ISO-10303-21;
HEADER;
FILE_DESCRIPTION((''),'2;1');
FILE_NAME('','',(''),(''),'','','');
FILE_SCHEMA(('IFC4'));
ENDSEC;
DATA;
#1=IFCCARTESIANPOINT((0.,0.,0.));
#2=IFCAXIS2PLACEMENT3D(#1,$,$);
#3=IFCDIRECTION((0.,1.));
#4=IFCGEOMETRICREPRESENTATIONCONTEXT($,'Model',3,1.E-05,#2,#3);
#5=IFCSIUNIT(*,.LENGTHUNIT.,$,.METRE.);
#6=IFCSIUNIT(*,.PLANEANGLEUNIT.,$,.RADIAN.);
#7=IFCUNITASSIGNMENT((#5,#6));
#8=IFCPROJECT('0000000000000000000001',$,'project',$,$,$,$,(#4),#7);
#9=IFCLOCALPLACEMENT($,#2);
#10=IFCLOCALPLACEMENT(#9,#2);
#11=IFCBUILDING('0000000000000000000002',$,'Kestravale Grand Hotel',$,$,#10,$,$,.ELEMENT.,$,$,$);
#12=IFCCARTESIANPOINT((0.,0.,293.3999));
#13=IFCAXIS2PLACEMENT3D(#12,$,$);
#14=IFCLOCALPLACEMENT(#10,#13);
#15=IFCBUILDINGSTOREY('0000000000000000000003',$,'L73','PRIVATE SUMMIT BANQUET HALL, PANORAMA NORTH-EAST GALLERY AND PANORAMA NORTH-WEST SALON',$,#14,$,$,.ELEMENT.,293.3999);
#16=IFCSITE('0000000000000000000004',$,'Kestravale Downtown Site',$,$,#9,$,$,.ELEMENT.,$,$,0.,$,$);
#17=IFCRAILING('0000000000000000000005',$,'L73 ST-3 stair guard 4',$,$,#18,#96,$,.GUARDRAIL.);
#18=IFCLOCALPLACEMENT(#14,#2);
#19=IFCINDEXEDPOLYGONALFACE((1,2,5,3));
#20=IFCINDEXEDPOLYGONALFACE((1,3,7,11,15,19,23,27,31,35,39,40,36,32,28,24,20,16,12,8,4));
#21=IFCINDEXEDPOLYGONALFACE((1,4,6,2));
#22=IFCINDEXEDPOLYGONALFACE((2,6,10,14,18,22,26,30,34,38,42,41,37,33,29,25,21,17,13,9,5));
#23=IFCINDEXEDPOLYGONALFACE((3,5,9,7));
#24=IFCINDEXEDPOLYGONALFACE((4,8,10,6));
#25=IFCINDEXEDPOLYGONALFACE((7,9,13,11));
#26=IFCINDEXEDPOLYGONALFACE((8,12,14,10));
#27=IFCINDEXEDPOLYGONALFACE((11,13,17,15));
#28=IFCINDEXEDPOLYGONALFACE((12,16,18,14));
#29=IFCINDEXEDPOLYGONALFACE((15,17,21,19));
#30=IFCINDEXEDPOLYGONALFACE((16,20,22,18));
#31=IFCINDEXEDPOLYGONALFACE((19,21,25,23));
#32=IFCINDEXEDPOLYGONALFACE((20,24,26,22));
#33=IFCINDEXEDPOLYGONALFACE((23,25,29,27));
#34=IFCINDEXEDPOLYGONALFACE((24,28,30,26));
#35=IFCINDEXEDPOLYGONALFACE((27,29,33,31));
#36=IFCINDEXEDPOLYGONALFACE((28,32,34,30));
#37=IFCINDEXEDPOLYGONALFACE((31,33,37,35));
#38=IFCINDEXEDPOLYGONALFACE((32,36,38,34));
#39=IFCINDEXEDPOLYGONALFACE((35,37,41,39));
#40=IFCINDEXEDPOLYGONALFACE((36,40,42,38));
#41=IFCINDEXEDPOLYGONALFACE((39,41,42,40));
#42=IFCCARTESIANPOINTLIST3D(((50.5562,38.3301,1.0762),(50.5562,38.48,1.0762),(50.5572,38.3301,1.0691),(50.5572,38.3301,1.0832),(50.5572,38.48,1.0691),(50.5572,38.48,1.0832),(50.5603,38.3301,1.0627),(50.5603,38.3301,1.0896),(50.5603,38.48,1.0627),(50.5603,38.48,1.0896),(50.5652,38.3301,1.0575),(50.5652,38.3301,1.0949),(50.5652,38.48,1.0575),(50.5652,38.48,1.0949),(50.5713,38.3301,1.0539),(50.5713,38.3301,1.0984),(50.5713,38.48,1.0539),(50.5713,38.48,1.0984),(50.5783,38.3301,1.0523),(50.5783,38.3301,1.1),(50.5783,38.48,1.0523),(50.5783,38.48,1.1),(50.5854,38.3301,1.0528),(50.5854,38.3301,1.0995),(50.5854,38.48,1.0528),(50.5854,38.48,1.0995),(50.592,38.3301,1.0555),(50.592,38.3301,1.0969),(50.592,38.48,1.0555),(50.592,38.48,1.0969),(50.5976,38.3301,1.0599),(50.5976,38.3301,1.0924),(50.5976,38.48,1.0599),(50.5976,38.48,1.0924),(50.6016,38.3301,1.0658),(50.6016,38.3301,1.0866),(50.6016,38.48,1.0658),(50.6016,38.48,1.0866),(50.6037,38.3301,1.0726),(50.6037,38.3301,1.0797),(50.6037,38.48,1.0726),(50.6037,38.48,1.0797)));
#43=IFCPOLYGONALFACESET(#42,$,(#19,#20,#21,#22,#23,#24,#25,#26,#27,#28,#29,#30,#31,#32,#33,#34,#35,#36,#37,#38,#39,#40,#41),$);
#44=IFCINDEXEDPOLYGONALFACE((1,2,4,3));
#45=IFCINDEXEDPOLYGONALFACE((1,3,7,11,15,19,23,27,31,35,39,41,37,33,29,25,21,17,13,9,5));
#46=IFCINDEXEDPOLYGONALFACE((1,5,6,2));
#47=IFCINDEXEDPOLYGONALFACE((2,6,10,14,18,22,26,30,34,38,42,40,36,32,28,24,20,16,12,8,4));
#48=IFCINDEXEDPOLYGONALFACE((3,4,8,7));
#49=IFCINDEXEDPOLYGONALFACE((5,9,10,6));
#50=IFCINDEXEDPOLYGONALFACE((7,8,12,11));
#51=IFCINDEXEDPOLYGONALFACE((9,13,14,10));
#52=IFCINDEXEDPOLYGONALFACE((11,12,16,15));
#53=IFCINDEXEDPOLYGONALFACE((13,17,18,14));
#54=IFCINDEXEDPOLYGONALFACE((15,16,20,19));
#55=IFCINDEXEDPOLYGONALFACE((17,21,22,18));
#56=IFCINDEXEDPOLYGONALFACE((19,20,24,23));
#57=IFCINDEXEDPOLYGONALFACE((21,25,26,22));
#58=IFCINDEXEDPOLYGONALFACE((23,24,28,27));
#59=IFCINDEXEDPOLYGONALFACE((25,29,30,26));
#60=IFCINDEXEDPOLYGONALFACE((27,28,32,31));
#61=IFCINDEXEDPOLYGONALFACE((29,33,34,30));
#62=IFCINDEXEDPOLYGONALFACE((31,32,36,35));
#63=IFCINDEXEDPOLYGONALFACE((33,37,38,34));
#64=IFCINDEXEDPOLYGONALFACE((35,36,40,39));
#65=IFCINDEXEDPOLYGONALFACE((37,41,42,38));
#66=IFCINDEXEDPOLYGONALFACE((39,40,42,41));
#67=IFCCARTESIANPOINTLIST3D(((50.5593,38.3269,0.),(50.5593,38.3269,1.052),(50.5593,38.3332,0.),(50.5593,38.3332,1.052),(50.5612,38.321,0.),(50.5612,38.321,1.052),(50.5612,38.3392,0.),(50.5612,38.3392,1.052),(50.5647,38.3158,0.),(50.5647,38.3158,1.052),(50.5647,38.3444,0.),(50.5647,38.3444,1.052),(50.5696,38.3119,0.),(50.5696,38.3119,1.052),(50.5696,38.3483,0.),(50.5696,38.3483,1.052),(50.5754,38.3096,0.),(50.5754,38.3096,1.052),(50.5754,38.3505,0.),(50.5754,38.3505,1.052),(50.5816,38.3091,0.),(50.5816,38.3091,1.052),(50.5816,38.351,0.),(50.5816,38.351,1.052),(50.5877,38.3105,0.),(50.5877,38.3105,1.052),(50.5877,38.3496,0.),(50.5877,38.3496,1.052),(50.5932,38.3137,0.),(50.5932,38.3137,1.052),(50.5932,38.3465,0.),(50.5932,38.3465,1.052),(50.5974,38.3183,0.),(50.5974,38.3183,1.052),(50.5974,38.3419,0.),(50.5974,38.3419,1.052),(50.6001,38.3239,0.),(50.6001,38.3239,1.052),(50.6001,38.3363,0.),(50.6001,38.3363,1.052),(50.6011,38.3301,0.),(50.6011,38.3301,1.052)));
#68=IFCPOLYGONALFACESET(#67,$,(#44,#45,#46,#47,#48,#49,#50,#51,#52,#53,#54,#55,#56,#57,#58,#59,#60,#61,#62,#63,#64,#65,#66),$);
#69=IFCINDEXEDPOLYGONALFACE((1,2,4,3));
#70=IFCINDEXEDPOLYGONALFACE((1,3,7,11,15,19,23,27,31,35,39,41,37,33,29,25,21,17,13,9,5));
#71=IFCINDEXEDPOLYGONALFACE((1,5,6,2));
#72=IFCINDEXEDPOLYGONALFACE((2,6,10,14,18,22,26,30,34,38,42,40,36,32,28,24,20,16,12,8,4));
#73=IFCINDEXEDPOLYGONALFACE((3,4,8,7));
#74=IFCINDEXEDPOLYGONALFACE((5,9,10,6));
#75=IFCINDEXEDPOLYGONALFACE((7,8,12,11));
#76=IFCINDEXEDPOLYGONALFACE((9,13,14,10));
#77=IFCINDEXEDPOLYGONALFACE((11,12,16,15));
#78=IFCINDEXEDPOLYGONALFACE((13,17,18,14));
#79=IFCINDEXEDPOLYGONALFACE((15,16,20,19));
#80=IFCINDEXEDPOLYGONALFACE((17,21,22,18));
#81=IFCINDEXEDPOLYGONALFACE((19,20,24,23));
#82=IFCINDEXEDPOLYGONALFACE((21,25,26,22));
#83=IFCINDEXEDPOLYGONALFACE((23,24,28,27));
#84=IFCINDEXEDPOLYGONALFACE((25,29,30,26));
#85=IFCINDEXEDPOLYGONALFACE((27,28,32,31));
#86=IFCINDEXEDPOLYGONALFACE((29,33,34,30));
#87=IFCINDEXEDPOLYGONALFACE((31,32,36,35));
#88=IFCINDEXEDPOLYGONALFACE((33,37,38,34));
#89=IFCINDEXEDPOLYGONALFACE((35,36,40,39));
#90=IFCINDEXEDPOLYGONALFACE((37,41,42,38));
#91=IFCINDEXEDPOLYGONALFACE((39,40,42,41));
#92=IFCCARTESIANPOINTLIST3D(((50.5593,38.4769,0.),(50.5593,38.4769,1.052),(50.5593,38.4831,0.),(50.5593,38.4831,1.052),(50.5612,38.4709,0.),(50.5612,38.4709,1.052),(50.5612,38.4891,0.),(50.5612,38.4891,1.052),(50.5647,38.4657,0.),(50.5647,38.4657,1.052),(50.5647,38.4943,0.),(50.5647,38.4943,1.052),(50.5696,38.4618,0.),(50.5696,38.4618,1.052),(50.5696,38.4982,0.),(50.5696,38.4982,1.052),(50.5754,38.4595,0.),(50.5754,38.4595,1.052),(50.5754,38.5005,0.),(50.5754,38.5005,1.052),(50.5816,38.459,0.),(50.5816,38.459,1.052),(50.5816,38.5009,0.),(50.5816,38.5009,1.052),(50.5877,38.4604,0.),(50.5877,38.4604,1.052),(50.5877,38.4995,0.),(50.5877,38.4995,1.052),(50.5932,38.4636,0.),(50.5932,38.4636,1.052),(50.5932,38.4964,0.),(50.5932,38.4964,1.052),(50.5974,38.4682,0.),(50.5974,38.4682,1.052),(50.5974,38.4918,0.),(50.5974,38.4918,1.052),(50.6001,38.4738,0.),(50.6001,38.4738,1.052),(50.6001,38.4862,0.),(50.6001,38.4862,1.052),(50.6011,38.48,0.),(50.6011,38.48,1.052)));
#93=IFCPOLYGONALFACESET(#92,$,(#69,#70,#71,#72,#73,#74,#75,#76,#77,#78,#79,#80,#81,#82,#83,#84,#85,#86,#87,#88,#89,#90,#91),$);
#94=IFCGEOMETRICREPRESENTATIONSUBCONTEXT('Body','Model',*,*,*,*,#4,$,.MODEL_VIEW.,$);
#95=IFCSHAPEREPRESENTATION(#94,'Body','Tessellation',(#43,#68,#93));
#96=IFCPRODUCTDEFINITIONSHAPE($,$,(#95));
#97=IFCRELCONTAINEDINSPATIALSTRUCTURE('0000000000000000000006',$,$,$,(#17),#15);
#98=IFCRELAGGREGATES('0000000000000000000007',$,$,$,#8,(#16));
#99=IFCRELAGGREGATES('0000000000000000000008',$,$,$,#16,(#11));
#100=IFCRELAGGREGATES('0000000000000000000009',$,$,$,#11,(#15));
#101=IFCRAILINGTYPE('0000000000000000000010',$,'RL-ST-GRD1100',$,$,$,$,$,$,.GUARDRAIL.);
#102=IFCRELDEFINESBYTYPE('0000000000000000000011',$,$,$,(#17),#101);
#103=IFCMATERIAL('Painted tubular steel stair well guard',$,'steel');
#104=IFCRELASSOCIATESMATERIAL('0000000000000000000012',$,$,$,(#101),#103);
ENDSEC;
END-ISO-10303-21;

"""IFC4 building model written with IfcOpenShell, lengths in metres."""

from ifc_helpers import new_model, si_unit, direction, frame, origin, origin_2d, place, context, subcontext, project, spatial, circle, extrude, material, type_object, element, save


model = new_model("IFC4")

# Units and contexts
model_context = context("Model", 3, precision=1e-05, world=origin(), true_north=direction((0.0, 1.0)))
body_context = subcontext(model_context, "Body", "Model", "MODEL_VIEW")
ifc_project = project(units=[si_unit("LENGTHUNIT", "METRE"), si_unit("PLANEANGLEUNIT", "RADIAN")], contexts=[model_context])

# Site, building, storey
site_placement = place(None, origin())
site = spatial("IfcSite", under=ifc_project, at=site_placement, Name="Kestravale Downtown Site", CompositionType="ELEMENT", RefElevation=0.0)
building_placement = place(site_placement, origin())
building = spatial("IfcBuilding", under=site, at=building_placement, Name="Kestravale Grand Hotel", CompositionType="ELEMENT")
storey_placement = place(building_placement, frame((0.0, 0.0, 293.3999)))
storey = spatial("IfcBuildingStorey", under=building, at=storey_placement, Name="L73", Description="PRIVATE SUMMIT BANQUET HALL, PANORAMA NORTH-EAST GALLERY AND PANORAMA NORTH-WEST SALON", CompositionType="ELEMENT", Elevation=293.3999)

# Railing
ifc_material_1 = material(Name="Painted tubular steel stair well guard", Category="steel")
railing_type_1 = type_object("IfcRailingType", Name="RL-ST-GRD1100", PredefinedType="GUARDRAIL", material=ifc_material_1)
railing_1_placement = place(storey_placement, frame((50.5801, 38.3301, 0.0)))
element("IfcRailing", 1, at=railing_1_placement, inside=storey, type_object=railing_type_1, Name="L73 ST-3 stair guard 4", PredefinedType="GUARDRAIL", context=body_context, shape_type="SweptSolid", body=[
    extrude(circle(Radius=0.0239, at=origin_2d()), frame((0.0, 0.0, 1.0762), z_axis=(0.0, 1.0, 0.0), x_axis=(-1.0, 0.0, 0.0)), (0.0, 0.0, 1.0), 0.1499),
    extrude(circle(Radius=0.021, at=origin_2d()), origin(), (0.0, 0.0, 1.0), 1.052),
    extrude(circle(Radius=0.021, at=origin_2d()), frame((0.0, 0.1499, 0.0)), (0.0, 0.0, 1.0), 1.052),
])

save(model, "model.ifc")
